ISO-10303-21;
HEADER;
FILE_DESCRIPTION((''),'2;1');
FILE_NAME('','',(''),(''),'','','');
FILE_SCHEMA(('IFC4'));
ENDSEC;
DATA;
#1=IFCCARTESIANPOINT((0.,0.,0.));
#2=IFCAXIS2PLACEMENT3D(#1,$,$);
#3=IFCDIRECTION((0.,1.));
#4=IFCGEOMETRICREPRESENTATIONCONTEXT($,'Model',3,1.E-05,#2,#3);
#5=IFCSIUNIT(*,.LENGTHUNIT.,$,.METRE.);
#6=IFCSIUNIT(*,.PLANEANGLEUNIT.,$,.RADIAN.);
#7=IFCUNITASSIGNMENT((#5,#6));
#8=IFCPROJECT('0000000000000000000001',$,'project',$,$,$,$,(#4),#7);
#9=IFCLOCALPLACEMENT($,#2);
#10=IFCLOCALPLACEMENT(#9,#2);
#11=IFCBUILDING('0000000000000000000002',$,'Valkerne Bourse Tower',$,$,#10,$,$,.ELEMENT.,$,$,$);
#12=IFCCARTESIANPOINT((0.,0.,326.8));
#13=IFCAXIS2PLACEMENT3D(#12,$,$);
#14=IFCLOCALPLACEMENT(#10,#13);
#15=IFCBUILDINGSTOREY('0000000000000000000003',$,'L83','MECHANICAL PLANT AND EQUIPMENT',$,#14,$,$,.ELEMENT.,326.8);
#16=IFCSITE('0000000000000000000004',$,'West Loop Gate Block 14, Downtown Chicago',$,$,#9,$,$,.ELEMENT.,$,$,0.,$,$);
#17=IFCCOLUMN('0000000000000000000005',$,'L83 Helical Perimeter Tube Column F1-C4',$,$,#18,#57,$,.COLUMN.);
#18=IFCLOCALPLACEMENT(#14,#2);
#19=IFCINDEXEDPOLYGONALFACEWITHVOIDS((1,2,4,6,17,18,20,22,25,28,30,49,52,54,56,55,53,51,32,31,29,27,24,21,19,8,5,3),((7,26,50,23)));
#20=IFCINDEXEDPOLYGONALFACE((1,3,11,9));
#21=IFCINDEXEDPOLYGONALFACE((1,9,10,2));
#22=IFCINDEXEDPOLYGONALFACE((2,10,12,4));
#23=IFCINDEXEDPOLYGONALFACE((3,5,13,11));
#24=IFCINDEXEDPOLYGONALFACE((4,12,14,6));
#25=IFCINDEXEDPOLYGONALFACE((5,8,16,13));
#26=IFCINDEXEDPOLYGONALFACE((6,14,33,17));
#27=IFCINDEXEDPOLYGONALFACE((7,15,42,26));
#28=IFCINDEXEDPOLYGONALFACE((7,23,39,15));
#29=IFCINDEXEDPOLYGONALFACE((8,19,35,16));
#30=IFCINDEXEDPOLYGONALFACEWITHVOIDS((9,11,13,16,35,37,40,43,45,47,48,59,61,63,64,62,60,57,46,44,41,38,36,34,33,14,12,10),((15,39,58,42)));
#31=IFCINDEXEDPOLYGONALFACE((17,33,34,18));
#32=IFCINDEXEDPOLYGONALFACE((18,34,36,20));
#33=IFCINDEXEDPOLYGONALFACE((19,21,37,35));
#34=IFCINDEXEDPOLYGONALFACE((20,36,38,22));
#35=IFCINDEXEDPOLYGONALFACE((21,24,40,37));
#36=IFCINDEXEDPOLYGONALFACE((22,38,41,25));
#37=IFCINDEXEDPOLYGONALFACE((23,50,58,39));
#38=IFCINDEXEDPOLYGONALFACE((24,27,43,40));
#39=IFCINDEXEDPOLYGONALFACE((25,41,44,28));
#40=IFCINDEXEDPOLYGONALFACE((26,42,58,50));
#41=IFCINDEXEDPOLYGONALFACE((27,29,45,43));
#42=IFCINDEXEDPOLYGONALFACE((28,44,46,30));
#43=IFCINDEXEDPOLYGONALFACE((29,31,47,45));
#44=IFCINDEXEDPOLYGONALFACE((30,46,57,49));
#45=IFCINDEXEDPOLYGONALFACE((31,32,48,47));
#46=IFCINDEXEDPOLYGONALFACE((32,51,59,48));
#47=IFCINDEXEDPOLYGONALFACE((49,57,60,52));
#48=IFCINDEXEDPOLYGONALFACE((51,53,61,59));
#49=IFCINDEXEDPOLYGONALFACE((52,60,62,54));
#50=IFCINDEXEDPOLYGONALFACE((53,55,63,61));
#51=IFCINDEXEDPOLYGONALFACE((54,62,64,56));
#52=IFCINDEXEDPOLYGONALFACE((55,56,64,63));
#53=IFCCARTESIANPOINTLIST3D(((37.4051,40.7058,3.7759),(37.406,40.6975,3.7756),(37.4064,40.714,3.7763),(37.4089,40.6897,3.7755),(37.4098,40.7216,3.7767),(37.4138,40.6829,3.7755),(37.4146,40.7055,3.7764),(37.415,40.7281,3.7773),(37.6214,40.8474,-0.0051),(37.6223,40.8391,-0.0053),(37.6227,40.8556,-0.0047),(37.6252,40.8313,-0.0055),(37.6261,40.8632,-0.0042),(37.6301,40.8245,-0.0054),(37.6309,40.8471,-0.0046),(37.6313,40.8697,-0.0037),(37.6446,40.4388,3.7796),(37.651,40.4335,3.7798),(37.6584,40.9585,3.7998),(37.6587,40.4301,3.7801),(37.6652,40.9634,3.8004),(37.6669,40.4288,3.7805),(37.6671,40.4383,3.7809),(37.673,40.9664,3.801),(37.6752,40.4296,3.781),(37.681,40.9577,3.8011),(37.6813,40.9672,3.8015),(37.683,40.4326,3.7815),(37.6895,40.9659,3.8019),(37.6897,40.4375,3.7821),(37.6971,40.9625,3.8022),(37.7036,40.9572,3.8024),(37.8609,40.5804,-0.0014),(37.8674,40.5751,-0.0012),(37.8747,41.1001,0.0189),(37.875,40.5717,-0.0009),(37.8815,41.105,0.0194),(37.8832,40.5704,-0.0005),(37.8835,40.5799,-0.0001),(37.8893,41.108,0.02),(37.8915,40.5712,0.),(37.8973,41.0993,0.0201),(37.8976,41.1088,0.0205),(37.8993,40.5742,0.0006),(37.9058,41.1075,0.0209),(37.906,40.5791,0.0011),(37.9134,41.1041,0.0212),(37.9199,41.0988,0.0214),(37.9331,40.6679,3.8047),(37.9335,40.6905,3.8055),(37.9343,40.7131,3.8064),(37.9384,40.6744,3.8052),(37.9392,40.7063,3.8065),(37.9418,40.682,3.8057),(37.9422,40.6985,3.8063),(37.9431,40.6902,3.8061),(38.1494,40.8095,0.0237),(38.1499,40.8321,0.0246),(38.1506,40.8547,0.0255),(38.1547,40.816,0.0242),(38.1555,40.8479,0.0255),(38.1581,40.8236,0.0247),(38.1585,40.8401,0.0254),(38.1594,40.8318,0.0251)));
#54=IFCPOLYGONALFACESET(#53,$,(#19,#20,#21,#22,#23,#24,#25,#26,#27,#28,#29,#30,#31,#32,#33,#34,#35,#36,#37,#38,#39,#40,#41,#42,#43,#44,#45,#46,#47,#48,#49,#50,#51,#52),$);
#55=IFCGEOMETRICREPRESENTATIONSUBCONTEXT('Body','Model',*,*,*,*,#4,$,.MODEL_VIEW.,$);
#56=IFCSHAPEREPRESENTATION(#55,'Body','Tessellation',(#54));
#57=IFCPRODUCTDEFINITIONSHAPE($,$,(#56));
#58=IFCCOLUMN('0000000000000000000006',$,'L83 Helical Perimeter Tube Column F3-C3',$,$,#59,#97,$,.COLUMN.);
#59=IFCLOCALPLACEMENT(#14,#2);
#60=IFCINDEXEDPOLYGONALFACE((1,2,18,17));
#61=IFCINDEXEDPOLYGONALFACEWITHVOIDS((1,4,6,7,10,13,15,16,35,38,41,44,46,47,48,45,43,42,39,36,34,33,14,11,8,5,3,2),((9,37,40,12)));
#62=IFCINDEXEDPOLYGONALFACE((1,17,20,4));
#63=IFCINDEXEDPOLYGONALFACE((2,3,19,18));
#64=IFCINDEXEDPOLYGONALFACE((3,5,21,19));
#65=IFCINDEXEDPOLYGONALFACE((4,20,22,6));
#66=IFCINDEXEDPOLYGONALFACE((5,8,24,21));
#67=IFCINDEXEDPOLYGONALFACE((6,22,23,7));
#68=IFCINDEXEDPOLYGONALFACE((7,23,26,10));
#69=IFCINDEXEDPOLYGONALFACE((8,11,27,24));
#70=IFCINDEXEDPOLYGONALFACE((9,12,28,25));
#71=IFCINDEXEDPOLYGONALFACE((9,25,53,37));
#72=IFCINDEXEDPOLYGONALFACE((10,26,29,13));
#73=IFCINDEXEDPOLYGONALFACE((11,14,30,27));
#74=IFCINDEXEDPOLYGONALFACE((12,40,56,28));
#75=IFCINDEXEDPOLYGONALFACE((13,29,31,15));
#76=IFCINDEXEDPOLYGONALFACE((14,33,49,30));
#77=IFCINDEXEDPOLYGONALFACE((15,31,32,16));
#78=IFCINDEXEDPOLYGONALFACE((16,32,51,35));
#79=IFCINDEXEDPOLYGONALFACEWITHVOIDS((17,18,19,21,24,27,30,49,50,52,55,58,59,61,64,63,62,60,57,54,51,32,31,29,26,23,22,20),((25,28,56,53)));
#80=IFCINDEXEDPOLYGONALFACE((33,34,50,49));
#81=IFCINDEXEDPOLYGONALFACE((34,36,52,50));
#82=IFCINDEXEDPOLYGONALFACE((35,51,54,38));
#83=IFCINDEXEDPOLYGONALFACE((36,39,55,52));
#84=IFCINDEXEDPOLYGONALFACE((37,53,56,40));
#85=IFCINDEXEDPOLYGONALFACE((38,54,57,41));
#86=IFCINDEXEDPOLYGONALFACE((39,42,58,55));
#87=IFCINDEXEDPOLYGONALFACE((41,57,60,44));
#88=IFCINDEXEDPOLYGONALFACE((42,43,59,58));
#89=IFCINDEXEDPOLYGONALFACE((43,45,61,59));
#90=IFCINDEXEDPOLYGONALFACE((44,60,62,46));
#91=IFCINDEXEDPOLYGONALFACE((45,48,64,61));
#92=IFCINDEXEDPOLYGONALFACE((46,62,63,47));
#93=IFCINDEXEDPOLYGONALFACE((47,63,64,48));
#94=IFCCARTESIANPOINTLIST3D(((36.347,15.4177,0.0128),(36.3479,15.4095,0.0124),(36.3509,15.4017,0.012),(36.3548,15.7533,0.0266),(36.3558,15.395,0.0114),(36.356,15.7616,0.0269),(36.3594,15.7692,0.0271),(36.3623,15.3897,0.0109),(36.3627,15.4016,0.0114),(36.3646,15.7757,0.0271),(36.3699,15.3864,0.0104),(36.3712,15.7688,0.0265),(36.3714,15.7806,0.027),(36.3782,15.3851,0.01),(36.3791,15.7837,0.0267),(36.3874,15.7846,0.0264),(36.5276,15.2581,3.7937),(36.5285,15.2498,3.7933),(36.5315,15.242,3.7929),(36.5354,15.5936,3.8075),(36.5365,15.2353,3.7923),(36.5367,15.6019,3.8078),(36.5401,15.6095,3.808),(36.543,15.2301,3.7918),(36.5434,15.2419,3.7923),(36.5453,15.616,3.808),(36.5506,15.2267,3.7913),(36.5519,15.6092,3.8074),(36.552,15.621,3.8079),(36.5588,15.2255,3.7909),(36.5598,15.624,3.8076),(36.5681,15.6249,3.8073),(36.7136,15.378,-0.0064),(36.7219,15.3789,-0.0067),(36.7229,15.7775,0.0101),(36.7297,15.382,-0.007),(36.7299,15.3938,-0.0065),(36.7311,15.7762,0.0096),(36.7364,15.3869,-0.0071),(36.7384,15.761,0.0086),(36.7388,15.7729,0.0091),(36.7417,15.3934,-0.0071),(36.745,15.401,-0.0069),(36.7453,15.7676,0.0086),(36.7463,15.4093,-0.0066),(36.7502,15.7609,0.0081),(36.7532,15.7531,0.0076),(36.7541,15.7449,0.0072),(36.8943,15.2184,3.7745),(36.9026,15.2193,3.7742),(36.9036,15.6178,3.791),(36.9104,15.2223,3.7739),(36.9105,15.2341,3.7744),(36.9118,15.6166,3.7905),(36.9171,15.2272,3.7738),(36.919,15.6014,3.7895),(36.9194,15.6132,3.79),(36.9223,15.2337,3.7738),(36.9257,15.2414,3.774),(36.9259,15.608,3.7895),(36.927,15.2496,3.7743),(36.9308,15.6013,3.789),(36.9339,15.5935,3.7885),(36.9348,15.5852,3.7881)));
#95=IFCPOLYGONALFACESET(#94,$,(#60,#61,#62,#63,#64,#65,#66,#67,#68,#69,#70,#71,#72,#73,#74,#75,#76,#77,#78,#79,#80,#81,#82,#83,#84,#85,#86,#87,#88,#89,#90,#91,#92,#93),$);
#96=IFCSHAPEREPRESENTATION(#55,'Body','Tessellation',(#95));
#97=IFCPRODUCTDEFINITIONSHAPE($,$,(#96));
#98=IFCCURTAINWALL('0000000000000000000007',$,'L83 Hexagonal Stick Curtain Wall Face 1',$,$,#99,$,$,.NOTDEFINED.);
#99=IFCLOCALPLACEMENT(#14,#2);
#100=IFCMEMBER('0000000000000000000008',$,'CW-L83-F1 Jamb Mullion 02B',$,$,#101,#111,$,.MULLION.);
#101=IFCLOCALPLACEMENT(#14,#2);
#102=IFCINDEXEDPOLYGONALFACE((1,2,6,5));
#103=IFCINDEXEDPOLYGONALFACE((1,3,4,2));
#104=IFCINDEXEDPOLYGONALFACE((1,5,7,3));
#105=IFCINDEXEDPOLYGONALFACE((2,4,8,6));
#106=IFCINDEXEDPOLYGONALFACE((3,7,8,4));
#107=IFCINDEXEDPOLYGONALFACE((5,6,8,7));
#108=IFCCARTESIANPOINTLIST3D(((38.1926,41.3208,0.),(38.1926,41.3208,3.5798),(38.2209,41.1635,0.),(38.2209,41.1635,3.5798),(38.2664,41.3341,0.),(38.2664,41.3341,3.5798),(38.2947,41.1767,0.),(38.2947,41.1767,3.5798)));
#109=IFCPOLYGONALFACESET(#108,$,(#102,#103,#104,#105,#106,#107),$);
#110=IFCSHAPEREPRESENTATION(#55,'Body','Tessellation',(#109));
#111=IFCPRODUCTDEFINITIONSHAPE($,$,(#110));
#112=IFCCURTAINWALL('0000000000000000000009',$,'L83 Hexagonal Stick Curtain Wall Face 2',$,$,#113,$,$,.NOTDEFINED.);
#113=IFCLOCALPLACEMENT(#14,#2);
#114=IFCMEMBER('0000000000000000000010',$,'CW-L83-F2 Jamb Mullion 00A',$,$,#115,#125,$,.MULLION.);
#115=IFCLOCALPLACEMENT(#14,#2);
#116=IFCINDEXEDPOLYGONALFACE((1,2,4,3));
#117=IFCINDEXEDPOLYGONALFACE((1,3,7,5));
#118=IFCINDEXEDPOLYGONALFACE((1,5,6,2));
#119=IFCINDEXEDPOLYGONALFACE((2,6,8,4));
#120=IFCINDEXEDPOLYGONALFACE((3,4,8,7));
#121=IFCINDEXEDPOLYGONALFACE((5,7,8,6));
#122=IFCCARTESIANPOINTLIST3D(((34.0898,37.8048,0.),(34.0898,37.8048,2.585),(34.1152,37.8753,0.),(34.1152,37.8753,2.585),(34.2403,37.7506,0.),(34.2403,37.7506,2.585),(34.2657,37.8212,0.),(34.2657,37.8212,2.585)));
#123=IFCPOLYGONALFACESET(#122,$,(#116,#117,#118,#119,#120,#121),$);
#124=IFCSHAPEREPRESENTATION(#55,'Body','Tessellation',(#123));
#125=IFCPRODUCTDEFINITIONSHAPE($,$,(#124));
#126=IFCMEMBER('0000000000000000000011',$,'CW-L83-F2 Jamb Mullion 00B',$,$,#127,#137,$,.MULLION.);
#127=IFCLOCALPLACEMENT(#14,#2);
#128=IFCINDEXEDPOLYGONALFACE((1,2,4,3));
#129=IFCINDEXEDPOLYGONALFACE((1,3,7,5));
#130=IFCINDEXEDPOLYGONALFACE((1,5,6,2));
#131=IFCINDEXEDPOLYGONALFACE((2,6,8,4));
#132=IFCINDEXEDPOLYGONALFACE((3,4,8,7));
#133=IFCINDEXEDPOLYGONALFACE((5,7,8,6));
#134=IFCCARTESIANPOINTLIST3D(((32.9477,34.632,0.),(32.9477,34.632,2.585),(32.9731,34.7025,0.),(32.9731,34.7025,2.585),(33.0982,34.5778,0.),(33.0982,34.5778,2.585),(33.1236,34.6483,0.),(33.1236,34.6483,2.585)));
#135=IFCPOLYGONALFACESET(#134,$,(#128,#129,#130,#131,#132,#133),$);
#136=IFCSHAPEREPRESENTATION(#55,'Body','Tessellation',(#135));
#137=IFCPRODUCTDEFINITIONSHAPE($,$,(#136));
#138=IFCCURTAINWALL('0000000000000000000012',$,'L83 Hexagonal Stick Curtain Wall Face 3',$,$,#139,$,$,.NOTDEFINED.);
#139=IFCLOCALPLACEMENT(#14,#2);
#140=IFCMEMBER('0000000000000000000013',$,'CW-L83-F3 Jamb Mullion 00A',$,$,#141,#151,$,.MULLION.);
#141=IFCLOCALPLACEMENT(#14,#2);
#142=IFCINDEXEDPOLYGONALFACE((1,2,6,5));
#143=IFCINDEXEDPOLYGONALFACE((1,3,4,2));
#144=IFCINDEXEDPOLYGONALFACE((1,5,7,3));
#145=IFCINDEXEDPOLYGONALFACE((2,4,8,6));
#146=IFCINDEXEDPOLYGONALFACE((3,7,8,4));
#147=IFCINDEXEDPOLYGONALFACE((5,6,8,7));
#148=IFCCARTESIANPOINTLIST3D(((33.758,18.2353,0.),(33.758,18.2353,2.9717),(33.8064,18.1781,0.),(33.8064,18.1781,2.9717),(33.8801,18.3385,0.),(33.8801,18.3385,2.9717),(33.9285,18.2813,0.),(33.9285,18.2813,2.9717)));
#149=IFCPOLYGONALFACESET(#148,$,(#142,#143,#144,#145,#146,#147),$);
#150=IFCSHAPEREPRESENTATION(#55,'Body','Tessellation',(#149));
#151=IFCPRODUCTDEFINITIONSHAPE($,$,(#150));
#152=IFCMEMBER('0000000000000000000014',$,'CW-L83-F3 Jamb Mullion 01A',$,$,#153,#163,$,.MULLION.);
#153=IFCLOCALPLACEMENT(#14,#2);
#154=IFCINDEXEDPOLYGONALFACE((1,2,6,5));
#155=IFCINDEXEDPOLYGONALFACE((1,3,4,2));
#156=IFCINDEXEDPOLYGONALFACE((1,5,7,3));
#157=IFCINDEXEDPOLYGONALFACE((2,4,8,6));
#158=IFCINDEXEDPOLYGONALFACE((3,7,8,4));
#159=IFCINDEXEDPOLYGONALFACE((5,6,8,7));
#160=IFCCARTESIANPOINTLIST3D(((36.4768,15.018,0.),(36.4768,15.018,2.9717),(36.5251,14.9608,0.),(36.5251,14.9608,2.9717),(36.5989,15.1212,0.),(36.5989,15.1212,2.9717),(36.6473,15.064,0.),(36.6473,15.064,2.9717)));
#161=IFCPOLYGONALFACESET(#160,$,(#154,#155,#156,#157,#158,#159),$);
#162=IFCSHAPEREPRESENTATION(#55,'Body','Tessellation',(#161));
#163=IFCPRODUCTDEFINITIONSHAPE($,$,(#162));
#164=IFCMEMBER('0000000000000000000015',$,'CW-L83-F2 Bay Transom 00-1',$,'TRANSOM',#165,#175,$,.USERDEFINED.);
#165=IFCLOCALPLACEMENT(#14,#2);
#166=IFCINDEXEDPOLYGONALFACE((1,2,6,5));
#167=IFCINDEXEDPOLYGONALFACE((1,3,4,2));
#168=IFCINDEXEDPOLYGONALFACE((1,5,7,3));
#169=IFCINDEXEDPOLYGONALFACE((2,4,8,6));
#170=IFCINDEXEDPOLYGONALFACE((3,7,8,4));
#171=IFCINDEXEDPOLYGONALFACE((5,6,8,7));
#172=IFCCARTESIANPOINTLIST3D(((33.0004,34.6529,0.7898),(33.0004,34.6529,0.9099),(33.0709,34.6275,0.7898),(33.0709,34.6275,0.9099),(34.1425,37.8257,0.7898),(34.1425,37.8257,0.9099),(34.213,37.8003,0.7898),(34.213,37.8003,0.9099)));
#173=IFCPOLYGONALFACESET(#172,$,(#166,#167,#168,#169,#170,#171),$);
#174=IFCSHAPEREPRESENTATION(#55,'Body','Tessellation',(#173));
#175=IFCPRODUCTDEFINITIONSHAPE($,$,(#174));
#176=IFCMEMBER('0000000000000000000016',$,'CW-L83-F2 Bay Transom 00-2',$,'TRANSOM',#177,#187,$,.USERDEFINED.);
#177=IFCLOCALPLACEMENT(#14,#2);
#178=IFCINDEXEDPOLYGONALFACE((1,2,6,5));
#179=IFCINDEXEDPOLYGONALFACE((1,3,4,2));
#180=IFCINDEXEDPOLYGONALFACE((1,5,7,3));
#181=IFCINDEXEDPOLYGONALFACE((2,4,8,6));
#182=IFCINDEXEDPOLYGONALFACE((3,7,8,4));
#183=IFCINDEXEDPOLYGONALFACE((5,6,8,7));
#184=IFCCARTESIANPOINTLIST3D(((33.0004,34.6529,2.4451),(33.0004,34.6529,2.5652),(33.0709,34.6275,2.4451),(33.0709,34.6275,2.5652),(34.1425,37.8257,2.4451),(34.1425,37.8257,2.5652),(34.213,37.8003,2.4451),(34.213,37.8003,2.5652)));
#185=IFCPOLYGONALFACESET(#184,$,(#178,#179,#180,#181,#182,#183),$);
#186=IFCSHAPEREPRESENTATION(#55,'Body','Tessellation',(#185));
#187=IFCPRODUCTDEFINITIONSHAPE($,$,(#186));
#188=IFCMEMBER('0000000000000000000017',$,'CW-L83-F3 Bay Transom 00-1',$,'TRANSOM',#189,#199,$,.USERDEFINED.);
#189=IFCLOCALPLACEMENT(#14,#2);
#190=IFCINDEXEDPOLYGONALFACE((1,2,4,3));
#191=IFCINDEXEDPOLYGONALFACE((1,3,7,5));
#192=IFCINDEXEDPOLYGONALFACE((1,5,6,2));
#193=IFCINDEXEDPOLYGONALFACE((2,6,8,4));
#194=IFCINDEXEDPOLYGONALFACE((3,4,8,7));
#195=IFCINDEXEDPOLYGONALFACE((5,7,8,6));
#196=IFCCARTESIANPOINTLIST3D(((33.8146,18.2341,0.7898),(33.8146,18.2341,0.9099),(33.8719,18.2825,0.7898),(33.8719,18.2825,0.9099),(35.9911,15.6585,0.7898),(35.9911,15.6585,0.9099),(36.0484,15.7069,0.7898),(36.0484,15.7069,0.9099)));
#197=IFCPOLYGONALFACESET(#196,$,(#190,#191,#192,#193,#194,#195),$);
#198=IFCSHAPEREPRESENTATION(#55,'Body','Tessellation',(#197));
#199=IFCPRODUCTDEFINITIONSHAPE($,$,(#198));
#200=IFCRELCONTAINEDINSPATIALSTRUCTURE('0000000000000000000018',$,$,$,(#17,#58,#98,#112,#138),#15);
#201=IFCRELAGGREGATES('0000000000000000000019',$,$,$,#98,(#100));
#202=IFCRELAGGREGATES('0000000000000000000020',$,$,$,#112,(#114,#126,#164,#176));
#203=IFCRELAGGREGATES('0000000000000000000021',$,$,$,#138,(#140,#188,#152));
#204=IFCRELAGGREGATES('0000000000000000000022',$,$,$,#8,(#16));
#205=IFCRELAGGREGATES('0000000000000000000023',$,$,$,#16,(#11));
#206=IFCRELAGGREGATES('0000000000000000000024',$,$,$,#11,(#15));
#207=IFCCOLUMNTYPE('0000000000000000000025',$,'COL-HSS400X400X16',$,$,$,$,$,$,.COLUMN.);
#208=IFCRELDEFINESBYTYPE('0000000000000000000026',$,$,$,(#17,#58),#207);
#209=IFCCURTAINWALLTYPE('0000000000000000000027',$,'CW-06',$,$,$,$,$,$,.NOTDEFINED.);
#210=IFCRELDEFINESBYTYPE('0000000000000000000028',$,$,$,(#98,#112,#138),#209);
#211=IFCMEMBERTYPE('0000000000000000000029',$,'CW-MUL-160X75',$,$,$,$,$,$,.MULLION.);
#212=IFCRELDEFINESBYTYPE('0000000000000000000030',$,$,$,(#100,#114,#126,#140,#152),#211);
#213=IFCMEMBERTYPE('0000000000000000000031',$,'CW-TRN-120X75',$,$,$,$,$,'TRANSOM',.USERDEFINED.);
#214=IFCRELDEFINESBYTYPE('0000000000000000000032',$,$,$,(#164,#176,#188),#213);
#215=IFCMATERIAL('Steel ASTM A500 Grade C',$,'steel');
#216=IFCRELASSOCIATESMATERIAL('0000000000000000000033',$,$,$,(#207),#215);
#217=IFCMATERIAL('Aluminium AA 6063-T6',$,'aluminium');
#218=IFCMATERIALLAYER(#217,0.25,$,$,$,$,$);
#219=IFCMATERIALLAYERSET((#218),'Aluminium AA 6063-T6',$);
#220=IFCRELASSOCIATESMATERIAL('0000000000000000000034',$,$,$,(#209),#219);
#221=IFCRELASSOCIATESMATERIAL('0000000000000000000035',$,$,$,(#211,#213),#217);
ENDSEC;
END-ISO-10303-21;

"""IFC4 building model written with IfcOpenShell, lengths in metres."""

from ifc_helpers import new_model, si_unit, direction, frame, origin, origin_2d, place, context, subcontext, project, spatial, rectangle, hollow_rectangle, extrude, material, layer, layer_set, material_profile, profile_set, type_object, element, aggregate, save


model = new_model("IFC4")

# Units and contexts
model_context = context("Model", 3, precision=1e-05, world=origin(), true_north=direction((0.0, 1.0)))
body_context = subcontext(model_context, "Body", "Model", "MODEL_VIEW")
ifc_project = project(units=[si_unit("LENGTHUNIT", "METRE"), si_unit("PLANEANGLEUNIT", "RADIAN")], contexts=[model_context])

# Site, building, storey
site_placement = place(None, origin())
site = spatial("IfcSite", under=ifc_project, at=site_placement, Name="West Loop Gate Block 14, Downtown Chicago", CompositionType="ELEMENT", RefElevation=0.0)
building_placement = place(site_placement, origin())
building = spatial("IfcBuilding", under=site, at=building_placement, Name="Valkerne Bourse Tower", CompositionType="ELEMENT")
storey_placement = place(building_placement, frame((0.0, 0.0, 326.8)))
storey = spatial("IfcBuildingStorey", under=building, at=storey_placement, Name="L83", Description="MECHANICAL PLANT AND EQUIPMENT", CompositionType="ELEMENT", Elevation=326.8)

# Columns
ifc_material_1 = material(Name="Steel ASTM A500 Grade C", Category="steel")
ifc_material_profile_1 = material_profile(ifc_material_1, hollow_rectangle(XDim=0.3999, YDim=0.3999, WallThickness=0.0161, OuterFilletRadius=0.032, at=origin_2d()), Name="HSS400X400X16")
ifc_profile_set_1 = profile_set([ifc_material_profile_1], Name="Steel ASTM A500 Grade C")
column_type = type_object("IfcColumnType", Name="COL-HSS400X400X16", PredefinedType="COLUMN", material=ifc_profile_set_1)
column_1_placement = place(storey_placement, frame((37.8904, 40.8396, 0.01), z_axis=(-0.057076, -0.037364, 0.99767), x_axis=(-0.686867, 0.726682, -0.01208)))
element("IfcColumn", 1, at=column_1_placement, inside=storey, type_object=column_type, Name="L83 Helical Perimeter Tube Column F1-C4", PredefinedType="COLUMN", context=body_context, shape_type="SweptSolid", body=[
    extrude(hollow_rectangle(XDim=0.3999, YDim=0.3999, WallThickness=0.0161, OuterFilletRadius=0.032, at=origin_2d()), origin(), (0.0, 0.0, 1.0), 3.7898),
])
column_2_placement = place(storey_placement, frame((36.5505, 15.5813, 0.01), z_axis=(0.047685, -0.042143, 0.997973), x_axis=(0.998594, -0.021134, -0.048607)))
element("IfcColumn", 2, at=column_2_placement, inside=storey, type_object=column_type, Name="L83 Helical Perimeter Tube Column F3-C3", PredefinedType="COLUMN", context=body_context, shape_type="SweptSolid", body=[
    extrude(hollow_rectangle(XDim=0.3999, YDim=0.3999, WallThickness=0.0161, OuterFilletRadius=0.032, at=origin_2d()), origin(), (0.0, 0.0, 1.0), 3.7886),
])

# Curtain wall, member
ifc_material_2 = material(Name="Aluminium AA 6063-T6", Category="aluminium")
ifc_layer_1 = layer(ifc_material_2, 0.25)
ifc_layer_set_1 = layer_set([ifc_layer_1], Name="Aluminium AA 6063-T6")
curtain_wall_type = type_object("IfcCurtainWallType", Name="CW-06", PredefinedType="NOTDEFINED", material=ifc_layer_set_1)
curtain_wall_1_placement = place(storey_placement, origin())
curtain_wall_1 = element("IfcCurtainWall", 3, at=curtain_wall_1_placement, inside=storey, type_object=curtain_wall_type, Name="L83 Hexagonal Stick Curtain Wall Face 1", PredefinedType="NOTDEFINED")
ifc_material_profile_2 = material_profile(ifc_material_2, rectangle(XDim=0.075, YDim=0.1599, at=origin_2d()), Name="CWM-75X160")
ifc_profile_set_2 = profile_set([ifc_material_profile_2], Name="Aluminium AA 6063-T6")
member_type_1 = type_object("IfcMemberType", Name="CW-MUL-160X75", PredefinedType="MULLION", material=ifc_profile_set_2)
member_1_placement = place(storey_placement, frame((38.2437, 41.2488, 0.0), z_axis=(0.0, 0.0, 1.0), x_axis=(-0.984195, -0.17709, 0.0)))
member_1 = element("IfcMember", 4, at=member_1_placement, type_object=member_type_1, Name="CW-L83-F1 Jamb Mullion 02B", PredefinedType="MULLION", context=body_context, shape_type="SweptSolid", body=[
    extrude(rectangle(XDim=0.075, YDim=0.1599, at=origin_2d()), origin(), (0.0, 0.0, 1.0), 3.5798),
])
aggregate(curtain_wall_1, [member_1])

# Curtain walls, members
curtain_wall_2_placement = place(storey_placement, origin())
curtain_wall_2 = element("IfcCurtainWall", 5, at=curtain_wall_2_placement, inside=storey, type_object=curtain_wall_type, Name="L83 Hexagonal Stick Curtain Wall Face 2", PredefinedType="NOTDEFINED")
member_2_placement = place(storey_placement, frame((34.1777, 37.813, 0.0), z_axis=(0.0, 0.0, 1.0), x_axis=(-0.338724, -0.940886, 0.0)))
member_2 = element("IfcMember", 6, at=member_2_placement, type_object=member_type_1, Name="CW-L83-F2 Jamb Mullion 00A", PredefinedType="MULLION", context=body_context, shape_type="SweptSolid", body=[
    extrude(rectangle(XDim=0.075, YDim=0.1599, at=origin_2d()), origin(), (0.0, 0.0, 1.0), 2.585),
])
member_3_placement = place(storey_placement, frame((33.0356, 34.6401, 0.0), z_axis=(0.0, 0.0, 1.0), x_axis=(-0.338724, -0.940886, 0.0)))
member_3 = element("IfcMember", 7, at=member_3_placement, type_object=member_type_1, Name="CW-L83-F2 Jamb Mullion 00B", PredefinedType="MULLION", context=body_context, shape_type="SweptSolid", body=[
    extrude(rectangle(XDim=0.075, YDim=0.1599, at=origin_2d()), origin(), (0.0, 0.0, 1.0), 2.585),
])
curtain_wall_3_placement = place(storey_placement, origin())
curtain_wall_3 = element("IfcCurtainWall", 8, at=curtain_wall_3_placement, inside=storey, type_object=curtain_wall_type, Name="L83 Hexagonal Stick Curtain Wall Face 3", PredefinedType="NOTDEFINED")
member_4_placement = place(storey_placement, frame((33.8433, 18.2583, 0.0), z_axis=(0.0, 0.0, 1.0), x_axis=(0.645463, -0.763791, 0.0)))
member_4 = element("IfcMember", 9, at=member_4_placement, type_object=member_type_1, Name="CW-L83-F3 Jamb Mullion 00A", PredefinedType="MULLION", context=body_context, shape_type="SweptSolid", body=[
    extrude(rectangle(XDim=0.075, YDim=0.1599, at=origin_2d()), origin(), (0.0, 0.0, 1.0), 2.9717),
])
member_5_placement = place(storey_placement, frame((36.562, 15.041, 0.0), z_axis=(0.0, 0.0, 1.0), x_axis=(0.645463, -0.763791, 0.0)))
member_5 = element("IfcMember", 10, at=member_5_placement, type_object=member_type_1, Name="CW-L83-F3 Jamb Mullion 01A", PredefinedType="MULLION", context=body_context, shape_type="SweptSolid", body=[
    extrude(rectangle(XDim=0.075, YDim=0.1599, at=origin_2d()), origin(), (0.0, 0.0, 1.0), 2.9717),
])

# Members
ifc_material_profile_3 = material_profile(ifc_material_2, rectangle(XDim=0.075, YDim=0.1201, at=origin_2d()), Name="CWT-75X120")
ifc_profile_set_3 = profile_set([ifc_material_profile_3], Name="Aluminium AA 6063-T6")
member_type_2 = type_object("IfcMemberType", Name="CW-TRN-120X75", ElementType="TRANSOM", PredefinedType="USERDEFINED", material=ifc_profile_set_3)
member_6_placement = place(storey_placement, frame((34.1777, 37.813, 0.8499), z_axis=(-0.338684, -0.9409, 0.0), x_axis=(0.9409, -0.338684, 0.0)))
member_6 = element("IfcMember", 11, at=member_6_placement, type_object=member_type_2, Name="CW-L83-F2 Bay Transom 00-1", ObjectType="TRANSOM", PredefinedType="USERDEFINED", context=body_context, shape_type="SweptSolid", body=[
    extrude(rectangle(XDim=0.075, YDim=0.1201, at=origin_2d()), origin(), (0.0, 0.0, 1.0), 3.3721),
])
member_7_placement = place(storey_placement, frame((34.1777, 37.813, 2.5051), z_axis=(-0.338684, -0.9409, 0.0), x_axis=(0.9409, -0.338684, 0.0)))
member_7 = element("IfcMember", 12, at=member_7_placement, type_object=member_type_2, Name="CW-L83-F2 Bay Transom 00-2", ObjectType="TRANSOM", PredefinedType="USERDEFINED", context=body_context, shape_type="SweptSolid", body=[
    extrude(rectangle(XDim=0.075, YDim=0.1201, at=origin_2d()), origin(), (0.0, 0.0, 1.0), 3.3721),
])
member_8_placement = place(storey_placement, frame((33.8433, 18.2583, 0.8499), z_axis=(0.645439, -0.763812, 0.0), x_axis=(0.763812, 0.645439, 0.0)))
member_8 = element("IfcMember", 13, at=member_8_placement, type_object=member_type_2, Name="CW-L83-F3 Bay Transom 00-1", ObjectType="TRANSOM", PredefinedType="USERDEFINED", context=body_context, shape_type="SweptSolid", body=[
    extrude(rectangle(XDim=0.075, YDim=0.1201, at=origin_2d()), origin(), (0.0, 0.0, 1.0), 3.3721),
])

aggregate(curtain_wall_2, [member_2, member_3, member_6, member_7])
aggregate(curtain_wall_3, [member_4, member_8, member_5])

save(model, "model.ifc")
